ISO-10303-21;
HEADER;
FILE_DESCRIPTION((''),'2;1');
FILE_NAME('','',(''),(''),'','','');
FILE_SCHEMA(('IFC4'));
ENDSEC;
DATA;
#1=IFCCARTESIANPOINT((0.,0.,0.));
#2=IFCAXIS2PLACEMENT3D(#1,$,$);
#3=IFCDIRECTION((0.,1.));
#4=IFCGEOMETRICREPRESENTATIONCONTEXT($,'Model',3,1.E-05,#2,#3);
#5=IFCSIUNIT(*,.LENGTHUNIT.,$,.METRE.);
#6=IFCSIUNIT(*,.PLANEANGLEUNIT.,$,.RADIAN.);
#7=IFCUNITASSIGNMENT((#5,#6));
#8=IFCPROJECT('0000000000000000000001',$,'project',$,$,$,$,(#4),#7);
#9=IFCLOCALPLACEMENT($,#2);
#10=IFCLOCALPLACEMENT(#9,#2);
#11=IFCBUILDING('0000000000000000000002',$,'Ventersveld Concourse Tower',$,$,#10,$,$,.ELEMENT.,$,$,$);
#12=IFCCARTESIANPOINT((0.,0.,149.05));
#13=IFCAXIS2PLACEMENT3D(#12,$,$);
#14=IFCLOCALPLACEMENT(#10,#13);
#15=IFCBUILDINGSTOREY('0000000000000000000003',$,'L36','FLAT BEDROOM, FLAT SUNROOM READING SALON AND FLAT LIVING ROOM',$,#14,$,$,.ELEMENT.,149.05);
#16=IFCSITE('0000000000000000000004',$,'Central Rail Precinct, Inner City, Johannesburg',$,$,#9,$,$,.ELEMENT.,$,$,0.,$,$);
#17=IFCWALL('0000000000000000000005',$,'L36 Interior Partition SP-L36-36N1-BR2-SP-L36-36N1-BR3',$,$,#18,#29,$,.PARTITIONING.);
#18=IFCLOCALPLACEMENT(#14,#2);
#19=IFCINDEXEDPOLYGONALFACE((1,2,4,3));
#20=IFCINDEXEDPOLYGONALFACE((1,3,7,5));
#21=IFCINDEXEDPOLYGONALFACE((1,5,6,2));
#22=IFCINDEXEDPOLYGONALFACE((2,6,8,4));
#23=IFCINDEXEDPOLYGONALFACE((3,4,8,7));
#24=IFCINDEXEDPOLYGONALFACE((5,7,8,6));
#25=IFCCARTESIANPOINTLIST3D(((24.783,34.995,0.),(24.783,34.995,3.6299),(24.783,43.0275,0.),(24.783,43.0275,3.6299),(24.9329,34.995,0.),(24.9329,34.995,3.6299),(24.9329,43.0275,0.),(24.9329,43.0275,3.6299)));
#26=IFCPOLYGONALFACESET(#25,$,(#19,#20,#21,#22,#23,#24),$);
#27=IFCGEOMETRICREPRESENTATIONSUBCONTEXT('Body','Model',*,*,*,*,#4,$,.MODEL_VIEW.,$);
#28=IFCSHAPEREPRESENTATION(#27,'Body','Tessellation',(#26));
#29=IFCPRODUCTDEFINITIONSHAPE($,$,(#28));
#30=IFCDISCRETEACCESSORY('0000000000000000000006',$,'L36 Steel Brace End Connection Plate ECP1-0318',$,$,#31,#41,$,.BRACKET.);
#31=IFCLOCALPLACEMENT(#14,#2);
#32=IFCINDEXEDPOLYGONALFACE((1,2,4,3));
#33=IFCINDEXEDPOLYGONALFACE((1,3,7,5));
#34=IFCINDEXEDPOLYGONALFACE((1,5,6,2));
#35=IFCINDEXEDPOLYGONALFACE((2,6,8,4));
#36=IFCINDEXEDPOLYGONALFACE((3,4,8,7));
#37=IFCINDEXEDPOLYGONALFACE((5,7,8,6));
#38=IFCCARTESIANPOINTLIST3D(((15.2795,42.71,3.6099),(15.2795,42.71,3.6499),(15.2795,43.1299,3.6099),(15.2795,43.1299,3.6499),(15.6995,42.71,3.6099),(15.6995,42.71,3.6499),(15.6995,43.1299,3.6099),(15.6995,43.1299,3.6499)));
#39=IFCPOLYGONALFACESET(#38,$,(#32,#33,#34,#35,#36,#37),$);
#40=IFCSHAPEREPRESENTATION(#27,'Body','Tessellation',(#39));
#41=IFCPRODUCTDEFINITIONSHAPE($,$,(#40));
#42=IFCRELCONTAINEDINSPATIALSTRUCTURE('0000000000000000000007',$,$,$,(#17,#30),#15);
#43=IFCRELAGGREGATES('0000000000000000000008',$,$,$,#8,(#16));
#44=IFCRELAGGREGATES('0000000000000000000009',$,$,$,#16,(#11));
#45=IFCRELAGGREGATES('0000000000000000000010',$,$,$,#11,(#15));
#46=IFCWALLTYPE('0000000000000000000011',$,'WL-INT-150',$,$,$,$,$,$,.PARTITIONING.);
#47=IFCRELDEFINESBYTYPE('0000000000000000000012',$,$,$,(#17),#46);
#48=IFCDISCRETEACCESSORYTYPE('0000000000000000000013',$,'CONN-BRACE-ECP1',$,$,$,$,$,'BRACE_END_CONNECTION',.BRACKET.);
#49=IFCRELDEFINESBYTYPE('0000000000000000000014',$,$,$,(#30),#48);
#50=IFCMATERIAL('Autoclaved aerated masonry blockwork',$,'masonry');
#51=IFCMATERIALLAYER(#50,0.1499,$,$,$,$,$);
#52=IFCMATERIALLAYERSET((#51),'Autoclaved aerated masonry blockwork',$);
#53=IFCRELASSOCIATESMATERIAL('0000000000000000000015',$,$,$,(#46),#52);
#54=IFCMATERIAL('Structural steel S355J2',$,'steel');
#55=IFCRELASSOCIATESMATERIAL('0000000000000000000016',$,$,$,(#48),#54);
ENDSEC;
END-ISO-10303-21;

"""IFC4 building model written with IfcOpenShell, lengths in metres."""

from ifc_helpers import new_model, si_unit, direction, frame, frame_2d, origin, origin_2d, place, context, subcontext, project, spatial, rectangle, extrude, material, layer, layer_set, type_object, element, save


model = new_model("IFC4")

# Units and contexts
model_context = context("Model", 3, precision=1e-05, world=origin(), true_north=direction((0.0, 1.0)))
body_context = subcontext(model_context, "Body", "Model", "MODEL_VIEW")
ifc_project = project(units=[si_unit("LENGTHUNIT", "METRE"), si_unit("PLANEANGLEUNIT", "RADIAN")], contexts=[model_context])

# Site, building, storey
site_placement = place(None, origin())
site = spatial("IfcSite", under=ifc_project, at=site_placement, Name="Central Rail Precinct, Inner City, Johannesburg", CompositionType="ELEMENT", RefElevation=0.0)
building_placement = place(site_placement, origin())
building = spatial("IfcBuilding", under=site, at=building_placement, Name="Ventersveld Concourse Tower", CompositionType="ELEMENT")
storey_placement = place(building_placement, frame((0.0, 0.0, 149.05)))
storey = spatial("IfcBuildingStorey", under=building, at=storey_placement, Name="L36", Description="FLAT BEDROOM, FLAT SUNROOM READING SALON AND FLAT LIVING ROOM", CompositionType="ELEMENT", Elevation=149.05)

# Shared definitions
ifc_material_1 = material(Name="Structural steel S355J2", Category="steel")

# Shared definitions
ifc_material_2 = material(Name="Autoclaved aerated masonry blockwork", Category="masonry")
ifc_layer_1 = layer(ifc_material_2, 0.1499)
ifc_layer_set_1 = layer_set([ifc_layer_1], Name="Autoclaved aerated masonry blockwork")
wall_type_1 = type_object("IfcWallType", Name="WL-INT-150", PredefinedType="PARTITIONING", material=ifc_layer_set_1)

# Wall
for number, where, z_axis, x_axis, name in (
    (1, (24.8579, 34.9951, 0.0), (0.0, 0.0, 1.0), (0.0, 1.0, 0.0), "L36 Interior Partition SP-L36-36N1-BR2-SP-L36-36N1-BR3"),
):
    element("IfcWall", number, at=place(storey_placement, frame(where, z_axis=z_axis, x_axis=x_axis)), inside=storey, type_object=wall_type_1, Name=name, PredefinedType="PARTITIONING", context=body_context, shape_type="SweptSolid", body=[
        extrude(rectangle(XDim=8.0325, YDim=0.1499, at=frame_2d((4.0161, 0.0))), origin(), (0.0, 0.0, 1.0), 3.6299),
    ])

# Discrete accessory
discrete_accessory_type = type_object("IfcDiscreteAccessoryType", Name="CONN-BRACE-ECP1", ElementType="BRACE_END_CONNECTION", PredefinedType="BRACKET", material=ifc_material_1)
discrete_accessory_placement = place(storey_placement, frame((15.4895, 42.9199, 3.6099), z_axis=(0.0, 0.0, 1.0), x_axis=(1.0, 0.0, 0.0)))
element("IfcDiscreteAccessory", 2, at=discrete_accessory_placement, inside=storey, type_object=discrete_accessory_type, Name="L36 Steel Brace End Connection Plate ECP1-0318", PredefinedType="BRACKET", context=body_context, shape_type="SweptSolid", body=[
    extrude(rectangle(XDim=0.4199, YDim=0.4199, at=origin_2d()), origin(), (0.0, 0.0, 1.0), 0.04),
])

save(model, "model.ifc")
